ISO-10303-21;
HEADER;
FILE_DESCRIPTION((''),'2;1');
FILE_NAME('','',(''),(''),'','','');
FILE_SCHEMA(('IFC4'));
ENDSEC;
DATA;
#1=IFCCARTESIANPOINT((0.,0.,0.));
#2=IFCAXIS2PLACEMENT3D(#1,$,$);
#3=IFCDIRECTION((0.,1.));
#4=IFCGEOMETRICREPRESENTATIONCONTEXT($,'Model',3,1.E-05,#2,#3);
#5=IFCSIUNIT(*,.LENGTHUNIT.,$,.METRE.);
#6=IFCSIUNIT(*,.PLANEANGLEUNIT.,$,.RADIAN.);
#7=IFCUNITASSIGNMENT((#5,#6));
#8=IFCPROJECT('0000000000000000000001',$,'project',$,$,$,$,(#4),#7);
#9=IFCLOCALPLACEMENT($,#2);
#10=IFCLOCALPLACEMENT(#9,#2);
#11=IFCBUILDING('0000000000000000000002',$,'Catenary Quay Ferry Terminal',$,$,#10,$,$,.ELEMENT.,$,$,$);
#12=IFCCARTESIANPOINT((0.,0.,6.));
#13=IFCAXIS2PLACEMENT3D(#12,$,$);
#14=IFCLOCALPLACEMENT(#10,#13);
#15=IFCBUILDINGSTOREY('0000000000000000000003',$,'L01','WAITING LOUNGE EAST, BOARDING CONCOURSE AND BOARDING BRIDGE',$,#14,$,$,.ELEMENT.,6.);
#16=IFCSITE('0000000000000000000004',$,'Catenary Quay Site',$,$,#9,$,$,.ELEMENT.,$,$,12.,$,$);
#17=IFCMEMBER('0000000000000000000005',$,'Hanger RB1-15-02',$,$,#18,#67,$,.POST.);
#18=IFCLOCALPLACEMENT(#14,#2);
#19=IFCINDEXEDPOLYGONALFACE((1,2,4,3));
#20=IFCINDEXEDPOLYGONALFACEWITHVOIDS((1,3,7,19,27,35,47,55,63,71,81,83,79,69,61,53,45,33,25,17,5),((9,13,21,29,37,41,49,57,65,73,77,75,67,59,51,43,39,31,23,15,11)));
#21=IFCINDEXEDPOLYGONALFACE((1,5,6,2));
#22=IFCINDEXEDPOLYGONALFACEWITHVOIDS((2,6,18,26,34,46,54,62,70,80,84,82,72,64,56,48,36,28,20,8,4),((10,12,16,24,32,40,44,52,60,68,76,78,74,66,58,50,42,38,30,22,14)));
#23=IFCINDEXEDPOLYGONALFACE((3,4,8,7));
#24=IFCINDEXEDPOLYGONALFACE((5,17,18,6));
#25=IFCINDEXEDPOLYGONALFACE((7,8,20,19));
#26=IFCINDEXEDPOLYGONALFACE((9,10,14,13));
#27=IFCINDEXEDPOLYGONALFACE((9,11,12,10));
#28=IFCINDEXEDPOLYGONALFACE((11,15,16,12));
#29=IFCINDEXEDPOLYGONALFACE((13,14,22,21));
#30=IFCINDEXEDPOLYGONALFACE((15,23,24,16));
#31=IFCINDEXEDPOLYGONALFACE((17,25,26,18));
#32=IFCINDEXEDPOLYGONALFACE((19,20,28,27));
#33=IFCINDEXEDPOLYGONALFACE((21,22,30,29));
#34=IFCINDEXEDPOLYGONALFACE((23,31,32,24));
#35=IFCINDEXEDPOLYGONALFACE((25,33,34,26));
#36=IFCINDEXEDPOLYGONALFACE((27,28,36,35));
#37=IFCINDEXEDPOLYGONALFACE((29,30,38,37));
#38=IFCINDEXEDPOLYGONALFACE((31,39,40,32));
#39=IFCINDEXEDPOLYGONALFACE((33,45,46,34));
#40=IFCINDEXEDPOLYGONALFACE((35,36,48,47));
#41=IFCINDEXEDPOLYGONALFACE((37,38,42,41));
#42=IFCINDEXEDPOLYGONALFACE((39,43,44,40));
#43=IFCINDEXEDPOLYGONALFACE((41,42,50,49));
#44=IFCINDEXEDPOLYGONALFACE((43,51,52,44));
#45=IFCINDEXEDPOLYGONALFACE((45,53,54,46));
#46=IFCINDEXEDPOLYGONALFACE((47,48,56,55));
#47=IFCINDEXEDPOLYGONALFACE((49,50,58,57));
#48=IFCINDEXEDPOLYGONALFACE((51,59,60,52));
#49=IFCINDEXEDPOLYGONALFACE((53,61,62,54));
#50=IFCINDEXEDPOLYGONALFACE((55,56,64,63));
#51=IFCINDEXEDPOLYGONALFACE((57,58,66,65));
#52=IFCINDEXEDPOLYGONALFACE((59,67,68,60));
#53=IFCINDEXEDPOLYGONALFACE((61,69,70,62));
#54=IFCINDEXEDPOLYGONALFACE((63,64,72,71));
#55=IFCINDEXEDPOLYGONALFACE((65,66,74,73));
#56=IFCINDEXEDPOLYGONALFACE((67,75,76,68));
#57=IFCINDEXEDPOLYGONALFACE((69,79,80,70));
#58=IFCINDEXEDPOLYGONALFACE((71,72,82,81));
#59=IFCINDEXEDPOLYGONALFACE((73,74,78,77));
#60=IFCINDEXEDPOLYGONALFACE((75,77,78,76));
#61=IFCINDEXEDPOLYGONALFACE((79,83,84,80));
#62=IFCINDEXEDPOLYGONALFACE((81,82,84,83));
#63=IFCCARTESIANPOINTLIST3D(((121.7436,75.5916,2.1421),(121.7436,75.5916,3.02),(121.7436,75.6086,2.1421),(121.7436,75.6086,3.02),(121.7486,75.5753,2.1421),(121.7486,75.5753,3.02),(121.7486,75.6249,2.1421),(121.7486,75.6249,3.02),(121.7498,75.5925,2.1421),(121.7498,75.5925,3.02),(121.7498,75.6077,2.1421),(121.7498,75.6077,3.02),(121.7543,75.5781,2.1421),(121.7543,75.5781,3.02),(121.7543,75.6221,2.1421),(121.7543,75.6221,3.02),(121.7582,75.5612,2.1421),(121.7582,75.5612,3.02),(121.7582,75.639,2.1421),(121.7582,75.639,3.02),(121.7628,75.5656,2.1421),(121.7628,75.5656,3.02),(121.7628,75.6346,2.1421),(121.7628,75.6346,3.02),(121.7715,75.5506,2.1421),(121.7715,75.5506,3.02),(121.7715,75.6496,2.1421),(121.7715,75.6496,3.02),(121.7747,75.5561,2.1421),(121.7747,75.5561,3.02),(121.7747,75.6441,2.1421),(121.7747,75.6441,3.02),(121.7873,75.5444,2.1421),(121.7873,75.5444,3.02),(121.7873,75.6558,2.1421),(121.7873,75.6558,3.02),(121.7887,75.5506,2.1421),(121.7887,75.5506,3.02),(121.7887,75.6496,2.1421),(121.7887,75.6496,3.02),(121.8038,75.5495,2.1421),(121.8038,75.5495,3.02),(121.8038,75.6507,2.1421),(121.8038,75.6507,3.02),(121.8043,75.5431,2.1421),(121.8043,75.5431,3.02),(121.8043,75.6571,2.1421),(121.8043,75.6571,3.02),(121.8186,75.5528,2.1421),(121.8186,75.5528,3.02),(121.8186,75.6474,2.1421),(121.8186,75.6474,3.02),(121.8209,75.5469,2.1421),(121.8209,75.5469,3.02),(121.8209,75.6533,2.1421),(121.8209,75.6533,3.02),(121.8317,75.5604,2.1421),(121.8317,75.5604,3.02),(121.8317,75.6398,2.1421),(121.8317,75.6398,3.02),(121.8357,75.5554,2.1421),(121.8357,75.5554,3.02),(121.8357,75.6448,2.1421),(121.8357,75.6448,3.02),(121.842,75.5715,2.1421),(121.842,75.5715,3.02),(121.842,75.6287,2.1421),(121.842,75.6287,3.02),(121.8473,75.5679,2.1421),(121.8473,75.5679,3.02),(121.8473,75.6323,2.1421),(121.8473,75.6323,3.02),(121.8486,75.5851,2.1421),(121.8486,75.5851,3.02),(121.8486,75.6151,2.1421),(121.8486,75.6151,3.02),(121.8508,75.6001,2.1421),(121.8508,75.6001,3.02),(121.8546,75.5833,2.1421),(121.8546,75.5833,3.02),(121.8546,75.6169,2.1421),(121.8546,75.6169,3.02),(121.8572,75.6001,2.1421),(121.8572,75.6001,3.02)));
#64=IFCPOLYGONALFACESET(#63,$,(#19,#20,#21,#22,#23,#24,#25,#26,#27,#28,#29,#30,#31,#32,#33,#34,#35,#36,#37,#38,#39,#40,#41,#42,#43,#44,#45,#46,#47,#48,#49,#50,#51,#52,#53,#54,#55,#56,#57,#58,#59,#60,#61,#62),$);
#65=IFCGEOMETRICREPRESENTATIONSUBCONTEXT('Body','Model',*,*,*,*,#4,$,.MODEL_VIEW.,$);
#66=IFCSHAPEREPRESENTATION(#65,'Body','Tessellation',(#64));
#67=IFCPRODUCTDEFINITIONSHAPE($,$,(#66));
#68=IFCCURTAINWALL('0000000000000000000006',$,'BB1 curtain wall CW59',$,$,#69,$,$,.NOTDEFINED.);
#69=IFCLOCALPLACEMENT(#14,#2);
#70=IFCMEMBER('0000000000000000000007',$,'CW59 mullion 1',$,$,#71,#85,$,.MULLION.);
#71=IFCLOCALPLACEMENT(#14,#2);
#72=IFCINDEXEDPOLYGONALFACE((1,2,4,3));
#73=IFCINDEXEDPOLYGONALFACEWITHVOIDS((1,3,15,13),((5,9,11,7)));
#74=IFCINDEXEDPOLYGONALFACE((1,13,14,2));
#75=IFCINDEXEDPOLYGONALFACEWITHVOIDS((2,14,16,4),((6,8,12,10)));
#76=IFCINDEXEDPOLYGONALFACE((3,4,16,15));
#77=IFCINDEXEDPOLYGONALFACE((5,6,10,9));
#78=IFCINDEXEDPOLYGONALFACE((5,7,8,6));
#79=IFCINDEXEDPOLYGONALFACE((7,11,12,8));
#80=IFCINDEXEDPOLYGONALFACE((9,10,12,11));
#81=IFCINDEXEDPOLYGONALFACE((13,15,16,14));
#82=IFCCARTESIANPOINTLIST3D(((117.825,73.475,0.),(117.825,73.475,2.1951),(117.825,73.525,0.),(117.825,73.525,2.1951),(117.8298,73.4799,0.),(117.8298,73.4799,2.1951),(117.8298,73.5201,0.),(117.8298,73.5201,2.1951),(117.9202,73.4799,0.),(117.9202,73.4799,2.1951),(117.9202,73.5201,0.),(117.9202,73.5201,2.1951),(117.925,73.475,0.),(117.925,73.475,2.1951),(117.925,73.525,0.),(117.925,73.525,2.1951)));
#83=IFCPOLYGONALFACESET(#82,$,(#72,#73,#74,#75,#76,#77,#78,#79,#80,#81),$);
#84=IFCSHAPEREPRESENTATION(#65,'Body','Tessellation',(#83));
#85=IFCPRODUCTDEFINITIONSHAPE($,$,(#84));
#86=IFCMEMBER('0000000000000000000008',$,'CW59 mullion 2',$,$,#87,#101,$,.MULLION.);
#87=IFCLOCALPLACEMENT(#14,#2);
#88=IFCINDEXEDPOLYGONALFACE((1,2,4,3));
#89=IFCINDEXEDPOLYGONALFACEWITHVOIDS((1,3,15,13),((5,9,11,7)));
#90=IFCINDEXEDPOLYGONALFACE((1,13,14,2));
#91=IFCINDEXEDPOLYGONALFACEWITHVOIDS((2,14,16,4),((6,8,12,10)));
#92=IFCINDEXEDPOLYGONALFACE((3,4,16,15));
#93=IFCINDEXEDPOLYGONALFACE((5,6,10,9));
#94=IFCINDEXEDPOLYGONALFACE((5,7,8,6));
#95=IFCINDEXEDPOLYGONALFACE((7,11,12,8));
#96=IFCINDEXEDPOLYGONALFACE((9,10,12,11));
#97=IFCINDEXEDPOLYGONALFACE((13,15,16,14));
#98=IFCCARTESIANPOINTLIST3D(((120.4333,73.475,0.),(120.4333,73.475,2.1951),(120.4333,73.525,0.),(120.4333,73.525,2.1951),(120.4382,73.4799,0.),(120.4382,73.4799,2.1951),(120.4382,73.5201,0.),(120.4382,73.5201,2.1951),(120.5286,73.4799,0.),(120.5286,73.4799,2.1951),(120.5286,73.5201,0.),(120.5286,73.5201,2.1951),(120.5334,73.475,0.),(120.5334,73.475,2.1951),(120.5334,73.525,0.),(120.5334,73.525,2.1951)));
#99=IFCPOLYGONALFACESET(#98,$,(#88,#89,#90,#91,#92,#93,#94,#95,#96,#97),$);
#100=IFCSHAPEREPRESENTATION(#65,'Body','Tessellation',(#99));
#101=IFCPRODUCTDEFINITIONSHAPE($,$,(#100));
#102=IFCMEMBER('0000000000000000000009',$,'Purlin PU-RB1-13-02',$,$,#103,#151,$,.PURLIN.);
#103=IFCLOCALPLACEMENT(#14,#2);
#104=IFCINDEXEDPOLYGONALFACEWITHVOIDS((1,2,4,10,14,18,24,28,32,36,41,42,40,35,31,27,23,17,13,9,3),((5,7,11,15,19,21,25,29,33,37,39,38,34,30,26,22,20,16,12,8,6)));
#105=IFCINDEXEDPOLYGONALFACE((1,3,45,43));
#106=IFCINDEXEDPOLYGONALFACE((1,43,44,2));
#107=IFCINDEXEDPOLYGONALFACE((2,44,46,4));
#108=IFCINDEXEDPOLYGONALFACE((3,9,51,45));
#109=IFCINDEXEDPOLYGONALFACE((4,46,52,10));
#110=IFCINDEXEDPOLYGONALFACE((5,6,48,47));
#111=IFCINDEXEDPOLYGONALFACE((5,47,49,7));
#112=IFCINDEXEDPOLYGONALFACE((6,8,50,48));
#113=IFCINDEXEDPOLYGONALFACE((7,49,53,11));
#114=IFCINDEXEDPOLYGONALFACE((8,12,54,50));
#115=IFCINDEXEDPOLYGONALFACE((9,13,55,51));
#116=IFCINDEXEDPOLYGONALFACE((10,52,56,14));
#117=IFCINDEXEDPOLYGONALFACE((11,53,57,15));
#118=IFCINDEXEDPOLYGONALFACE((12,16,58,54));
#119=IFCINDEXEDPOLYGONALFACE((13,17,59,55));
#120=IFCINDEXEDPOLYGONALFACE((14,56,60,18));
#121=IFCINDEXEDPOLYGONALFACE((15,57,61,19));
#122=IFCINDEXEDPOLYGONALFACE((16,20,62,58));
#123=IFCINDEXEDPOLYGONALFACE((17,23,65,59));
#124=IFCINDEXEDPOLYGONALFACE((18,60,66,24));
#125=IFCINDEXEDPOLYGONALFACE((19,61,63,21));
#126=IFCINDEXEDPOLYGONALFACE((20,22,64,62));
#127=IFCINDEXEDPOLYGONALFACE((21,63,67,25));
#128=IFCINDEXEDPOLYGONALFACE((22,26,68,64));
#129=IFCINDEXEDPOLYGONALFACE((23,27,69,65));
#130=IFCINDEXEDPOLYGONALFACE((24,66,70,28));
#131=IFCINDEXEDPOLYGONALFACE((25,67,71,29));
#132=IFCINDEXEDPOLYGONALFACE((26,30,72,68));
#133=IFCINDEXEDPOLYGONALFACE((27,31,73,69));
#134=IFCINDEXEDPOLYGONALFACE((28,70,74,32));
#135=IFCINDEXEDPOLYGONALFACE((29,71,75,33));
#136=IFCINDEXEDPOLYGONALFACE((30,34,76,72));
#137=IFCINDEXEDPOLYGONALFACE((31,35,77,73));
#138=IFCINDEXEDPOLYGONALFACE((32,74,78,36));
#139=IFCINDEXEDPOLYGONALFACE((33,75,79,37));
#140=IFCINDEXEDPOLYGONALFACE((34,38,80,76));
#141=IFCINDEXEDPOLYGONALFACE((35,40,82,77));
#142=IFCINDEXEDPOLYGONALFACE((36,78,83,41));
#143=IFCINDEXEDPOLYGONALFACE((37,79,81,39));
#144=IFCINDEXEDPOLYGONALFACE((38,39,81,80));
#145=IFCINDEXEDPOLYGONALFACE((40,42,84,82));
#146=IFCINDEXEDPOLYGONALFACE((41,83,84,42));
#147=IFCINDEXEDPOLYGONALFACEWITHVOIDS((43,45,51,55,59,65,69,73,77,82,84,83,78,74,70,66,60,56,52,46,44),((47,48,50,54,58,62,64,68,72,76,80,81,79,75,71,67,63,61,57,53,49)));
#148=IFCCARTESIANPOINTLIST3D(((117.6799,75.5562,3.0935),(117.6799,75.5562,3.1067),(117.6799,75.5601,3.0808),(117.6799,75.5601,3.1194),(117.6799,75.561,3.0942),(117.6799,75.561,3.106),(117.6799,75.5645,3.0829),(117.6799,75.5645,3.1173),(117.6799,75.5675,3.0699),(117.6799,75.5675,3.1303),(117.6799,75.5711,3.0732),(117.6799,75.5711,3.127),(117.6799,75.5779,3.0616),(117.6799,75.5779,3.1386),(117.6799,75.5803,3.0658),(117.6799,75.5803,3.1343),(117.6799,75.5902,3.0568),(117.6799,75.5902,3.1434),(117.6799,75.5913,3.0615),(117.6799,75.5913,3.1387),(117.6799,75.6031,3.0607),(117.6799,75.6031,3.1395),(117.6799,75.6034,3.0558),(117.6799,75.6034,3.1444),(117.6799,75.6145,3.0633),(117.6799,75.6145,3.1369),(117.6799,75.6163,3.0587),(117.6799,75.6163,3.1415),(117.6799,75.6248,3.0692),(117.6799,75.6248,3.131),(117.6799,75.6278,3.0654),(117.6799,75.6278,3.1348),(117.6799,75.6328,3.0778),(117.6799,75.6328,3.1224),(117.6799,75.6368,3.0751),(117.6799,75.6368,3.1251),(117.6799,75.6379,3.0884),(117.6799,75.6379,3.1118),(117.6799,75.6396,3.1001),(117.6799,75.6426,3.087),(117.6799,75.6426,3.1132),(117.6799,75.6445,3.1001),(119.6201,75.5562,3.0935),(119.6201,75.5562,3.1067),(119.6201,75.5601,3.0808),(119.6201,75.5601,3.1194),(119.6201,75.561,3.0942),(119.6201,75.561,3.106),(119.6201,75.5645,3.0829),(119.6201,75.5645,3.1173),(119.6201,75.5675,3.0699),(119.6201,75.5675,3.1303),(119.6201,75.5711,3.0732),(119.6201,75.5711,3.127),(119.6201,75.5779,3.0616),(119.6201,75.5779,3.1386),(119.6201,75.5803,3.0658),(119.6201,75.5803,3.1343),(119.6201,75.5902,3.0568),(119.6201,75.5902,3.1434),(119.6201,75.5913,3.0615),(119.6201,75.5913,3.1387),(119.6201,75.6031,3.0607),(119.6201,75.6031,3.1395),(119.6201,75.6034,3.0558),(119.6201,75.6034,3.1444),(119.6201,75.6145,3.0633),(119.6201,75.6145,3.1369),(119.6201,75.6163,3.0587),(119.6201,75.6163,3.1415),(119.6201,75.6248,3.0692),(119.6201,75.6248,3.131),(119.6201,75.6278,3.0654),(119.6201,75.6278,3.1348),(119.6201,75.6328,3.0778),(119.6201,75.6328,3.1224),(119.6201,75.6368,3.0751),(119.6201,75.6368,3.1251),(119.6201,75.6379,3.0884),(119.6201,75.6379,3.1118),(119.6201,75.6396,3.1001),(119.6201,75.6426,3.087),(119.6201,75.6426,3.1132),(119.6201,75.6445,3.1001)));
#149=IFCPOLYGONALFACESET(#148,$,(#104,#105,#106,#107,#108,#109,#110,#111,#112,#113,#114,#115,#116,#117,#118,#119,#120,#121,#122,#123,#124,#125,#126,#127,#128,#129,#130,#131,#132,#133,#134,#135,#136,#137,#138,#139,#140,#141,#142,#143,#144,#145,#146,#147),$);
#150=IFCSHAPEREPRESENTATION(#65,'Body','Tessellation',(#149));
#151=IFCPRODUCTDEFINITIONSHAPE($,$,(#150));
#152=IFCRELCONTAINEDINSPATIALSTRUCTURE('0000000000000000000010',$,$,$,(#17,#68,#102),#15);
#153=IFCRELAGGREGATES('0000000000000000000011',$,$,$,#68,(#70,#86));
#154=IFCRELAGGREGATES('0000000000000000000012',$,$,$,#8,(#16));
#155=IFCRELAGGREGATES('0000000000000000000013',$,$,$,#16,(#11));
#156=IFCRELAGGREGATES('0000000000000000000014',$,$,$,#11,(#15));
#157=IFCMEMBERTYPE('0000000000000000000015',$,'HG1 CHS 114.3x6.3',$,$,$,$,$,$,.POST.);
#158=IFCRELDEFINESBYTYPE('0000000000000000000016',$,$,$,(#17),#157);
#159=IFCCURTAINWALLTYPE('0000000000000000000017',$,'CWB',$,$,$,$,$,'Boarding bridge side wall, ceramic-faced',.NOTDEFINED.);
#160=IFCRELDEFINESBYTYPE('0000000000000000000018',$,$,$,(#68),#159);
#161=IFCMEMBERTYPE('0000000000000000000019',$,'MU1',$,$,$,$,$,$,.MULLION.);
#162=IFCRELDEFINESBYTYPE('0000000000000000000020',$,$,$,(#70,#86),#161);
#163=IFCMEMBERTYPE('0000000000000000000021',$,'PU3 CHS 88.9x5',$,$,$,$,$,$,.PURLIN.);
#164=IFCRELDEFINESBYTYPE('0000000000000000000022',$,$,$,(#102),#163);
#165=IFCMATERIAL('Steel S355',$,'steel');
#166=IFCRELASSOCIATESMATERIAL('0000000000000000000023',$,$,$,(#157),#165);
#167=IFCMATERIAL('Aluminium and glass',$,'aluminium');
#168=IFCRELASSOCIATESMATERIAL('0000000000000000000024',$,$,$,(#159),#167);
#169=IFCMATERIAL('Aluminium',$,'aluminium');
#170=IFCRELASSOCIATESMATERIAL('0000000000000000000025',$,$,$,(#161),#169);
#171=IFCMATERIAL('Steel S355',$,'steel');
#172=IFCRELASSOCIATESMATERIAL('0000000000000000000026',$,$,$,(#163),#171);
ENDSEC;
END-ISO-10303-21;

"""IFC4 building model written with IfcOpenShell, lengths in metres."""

from ifc_helpers import new_model, si_unit, direction, frame, origin, origin_2d, place, context, subcontext, project, spatial, hollow_rectangle, hollow_circle, extrude, material, material_profile, profile_set, type_object, element, aggregate, save


model = new_model("IFC4")

# Units and contexts
model_context = context("Model", 3, precision=1e-05, world=origin(), true_north=direction((0.0, 1.0)))
body_context = subcontext(model_context, "Body", "Model", "MODEL_VIEW")
ifc_project = project(units=[si_unit("LENGTHUNIT", "METRE"), si_unit("PLANEANGLEUNIT", "RADIAN")], contexts=[model_context])

# Site, building, storey
site_placement = place(None, origin())
site = spatial("IfcSite", under=ifc_project, at=site_placement, Name="Catenary Quay Site", CompositionType="ELEMENT", RefElevation=12.0)
building_placement = place(site_placement, origin())
building = spatial("IfcBuilding", under=site, at=building_placement, Name="Catenary Quay Ferry Terminal", CompositionType="ELEMENT")
storey_placement = place(building_placement, frame((0.0, 0.0, 6.0)))
storey = spatial("IfcBuildingStorey", under=building, at=storey_placement, Name="L01", Description="WAITING LOUNGE EAST, BOARDING CONCOURSE AND BOARDING BRIDGE", CompositionType="ELEMENT", Elevation=6.0)

# Member
ifc_material_1 = material(Name="Steel S355", Category="steel")
ifc_material_profile_1 = material_profile(ifc_material_1, hollow_circle(Radius=0.0571, WallThickness=0.0063, at=origin_2d()), Name="CHS 114.3x6.3")
ifc_profile_set_1 = profile_set([ifc_material_profile_1], Name="Steel S355")
member_type_1 = type_object("IfcMemberType", Name="HG1 CHS 114.3x6.3", PredefinedType="POST", material=ifc_profile_set_1)
member_1_placement = place(storey_placement, frame((121.8, 75.6001, 2.1421), z_axis=(0.0, 0.0, 1.0), x_axis=(1.0, 0.0, 0.0)))
element("IfcMember", 1, at=member_1_placement, inside=storey, type_object=member_type_1, Name="Hanger RB1-15-02", PredefinedType="POST", context=body_context, shape_type="SweptSolid", body=[
    extrude(hollow_circle(Radius=0.0571, WallThickness=0.0063, at=origin_2d()), origin(), (0.0, 0.0, 1.0), 0.8779),
])

# Curtain wall, members
ifc_material_2 = material(Name="Aluminium and glass", Category="aluminium")
curtain_wall_type = type_object("IfcCurtainWallType", Name="CWB", ElementType="Boarding bridge side wall, ceramic-faced", PredefinedType="NOTDEFINED", material=ifc_material_2)
curtain_wall_placement = place(storey_placement, origin())
curtain_wall = element("IfcCurtainWall", 2, at=curtain_wall_placement, inside=storey, type_object=curtain_wall_type, Name="BB1 curtain wall CW59", PredefinedType="NOTDEFINED")
ifc_material_3 = material(Name="Aluminium", Category="aluminium")
ifc_material_profile_2 = material_profile(ifc_material_3, hollow_rectangle(XDim=0.05, YDim=0.1001, WallThickness=0.0049, at=origin_2d()), Name="MU1")
ifc_profile_set_2 = profile_set([ifc_material_profile_2], Name="Aluminium")
member_type_2 = type_object("IfcMemberType", Name="MU1", PredefinedType="MULLION", material=ifc_profile_set_2)
member_2_placement = place(storey_placement, frame((117.875, 73.5, 0.0), z_axis=(0.0, 0.0, 1.0), x_axis=(0.0, 1.0, 0.0)))
member_2 = element("IfcMember", 3, at=member_2_placement, type_object=member_type_2, Name="CW59 mullion 1", PredefinedType="MULLION", context=body_context, shape_type="SweptSolid", body=[
    extrude(hollow_rectangle(XDim=0.05, YDim=0.1001, WallThickness=0.0049, at=origin_2d()), origin(), (0.0, 0.0, 1.0), 2.1951),
])
member_3_placement = place(storey_placement, frame((120.4834, 73.5, 0.0), z_axis=(0.0, 0.0, 1.0), x_axis=(0.0, 1.0, 0.0)))
member_3 = element("IfcMember", 4, at=member_3_placement, type_object=member_type_2, Name="CW59 mullion 2", PredefinedType="MULLION", context=body_context, shape_type="SweptSolid", body=[
    extrude(hollow_rectangle(XDim=0.05, YDim=0.1001, WallThickness=0.0049, at=origin_2d()), origin(), (0.0, 0.0, 1.0), 2.1951),
])

# Member
ifc_material_4 = material(Name="Steel S355", Category="steel")
ifc_material_profile_3 = material_profile(ifc_material_4, hollow_circle(Radius=0.0444, WallThickness=0.0049, at=origin_2d()), Name="CHS 88.9x5")
ifc_profile_set_3 = profile_set([ifc_material_profile_3], Name="Steel S355")
member_type_3 = type_object("IfcMemberType", Name="PU3 CHS 88.9x5", PredefinedType="PURLIN", material=ifc_profile_set_3)
member_4_placement = place(storey_placement, frame((117.6799, 75.6001, 3.1001), z_axis=(1.0, 0.0, 0.0), x_axis=(0.0, 1.0, 0.0)))
element("IfcMember", 5, at=member_4_placement, inside=storey, type_object=member_type_3, Name="Purlin PU-RB1-13-02", PredefinedType="PURLIN", context=body_context, shape_type="SweptSolid", body=[
    extrude(hollow_circle(Radius=0.0444, WallThickness=0.0049, at=origin_2d()), origin(), (0.0, 0.0, 1.0), 1.9402),
])

aggregate(curtain_wall, [member_2, member_3])

save(model, "model.ifc")
